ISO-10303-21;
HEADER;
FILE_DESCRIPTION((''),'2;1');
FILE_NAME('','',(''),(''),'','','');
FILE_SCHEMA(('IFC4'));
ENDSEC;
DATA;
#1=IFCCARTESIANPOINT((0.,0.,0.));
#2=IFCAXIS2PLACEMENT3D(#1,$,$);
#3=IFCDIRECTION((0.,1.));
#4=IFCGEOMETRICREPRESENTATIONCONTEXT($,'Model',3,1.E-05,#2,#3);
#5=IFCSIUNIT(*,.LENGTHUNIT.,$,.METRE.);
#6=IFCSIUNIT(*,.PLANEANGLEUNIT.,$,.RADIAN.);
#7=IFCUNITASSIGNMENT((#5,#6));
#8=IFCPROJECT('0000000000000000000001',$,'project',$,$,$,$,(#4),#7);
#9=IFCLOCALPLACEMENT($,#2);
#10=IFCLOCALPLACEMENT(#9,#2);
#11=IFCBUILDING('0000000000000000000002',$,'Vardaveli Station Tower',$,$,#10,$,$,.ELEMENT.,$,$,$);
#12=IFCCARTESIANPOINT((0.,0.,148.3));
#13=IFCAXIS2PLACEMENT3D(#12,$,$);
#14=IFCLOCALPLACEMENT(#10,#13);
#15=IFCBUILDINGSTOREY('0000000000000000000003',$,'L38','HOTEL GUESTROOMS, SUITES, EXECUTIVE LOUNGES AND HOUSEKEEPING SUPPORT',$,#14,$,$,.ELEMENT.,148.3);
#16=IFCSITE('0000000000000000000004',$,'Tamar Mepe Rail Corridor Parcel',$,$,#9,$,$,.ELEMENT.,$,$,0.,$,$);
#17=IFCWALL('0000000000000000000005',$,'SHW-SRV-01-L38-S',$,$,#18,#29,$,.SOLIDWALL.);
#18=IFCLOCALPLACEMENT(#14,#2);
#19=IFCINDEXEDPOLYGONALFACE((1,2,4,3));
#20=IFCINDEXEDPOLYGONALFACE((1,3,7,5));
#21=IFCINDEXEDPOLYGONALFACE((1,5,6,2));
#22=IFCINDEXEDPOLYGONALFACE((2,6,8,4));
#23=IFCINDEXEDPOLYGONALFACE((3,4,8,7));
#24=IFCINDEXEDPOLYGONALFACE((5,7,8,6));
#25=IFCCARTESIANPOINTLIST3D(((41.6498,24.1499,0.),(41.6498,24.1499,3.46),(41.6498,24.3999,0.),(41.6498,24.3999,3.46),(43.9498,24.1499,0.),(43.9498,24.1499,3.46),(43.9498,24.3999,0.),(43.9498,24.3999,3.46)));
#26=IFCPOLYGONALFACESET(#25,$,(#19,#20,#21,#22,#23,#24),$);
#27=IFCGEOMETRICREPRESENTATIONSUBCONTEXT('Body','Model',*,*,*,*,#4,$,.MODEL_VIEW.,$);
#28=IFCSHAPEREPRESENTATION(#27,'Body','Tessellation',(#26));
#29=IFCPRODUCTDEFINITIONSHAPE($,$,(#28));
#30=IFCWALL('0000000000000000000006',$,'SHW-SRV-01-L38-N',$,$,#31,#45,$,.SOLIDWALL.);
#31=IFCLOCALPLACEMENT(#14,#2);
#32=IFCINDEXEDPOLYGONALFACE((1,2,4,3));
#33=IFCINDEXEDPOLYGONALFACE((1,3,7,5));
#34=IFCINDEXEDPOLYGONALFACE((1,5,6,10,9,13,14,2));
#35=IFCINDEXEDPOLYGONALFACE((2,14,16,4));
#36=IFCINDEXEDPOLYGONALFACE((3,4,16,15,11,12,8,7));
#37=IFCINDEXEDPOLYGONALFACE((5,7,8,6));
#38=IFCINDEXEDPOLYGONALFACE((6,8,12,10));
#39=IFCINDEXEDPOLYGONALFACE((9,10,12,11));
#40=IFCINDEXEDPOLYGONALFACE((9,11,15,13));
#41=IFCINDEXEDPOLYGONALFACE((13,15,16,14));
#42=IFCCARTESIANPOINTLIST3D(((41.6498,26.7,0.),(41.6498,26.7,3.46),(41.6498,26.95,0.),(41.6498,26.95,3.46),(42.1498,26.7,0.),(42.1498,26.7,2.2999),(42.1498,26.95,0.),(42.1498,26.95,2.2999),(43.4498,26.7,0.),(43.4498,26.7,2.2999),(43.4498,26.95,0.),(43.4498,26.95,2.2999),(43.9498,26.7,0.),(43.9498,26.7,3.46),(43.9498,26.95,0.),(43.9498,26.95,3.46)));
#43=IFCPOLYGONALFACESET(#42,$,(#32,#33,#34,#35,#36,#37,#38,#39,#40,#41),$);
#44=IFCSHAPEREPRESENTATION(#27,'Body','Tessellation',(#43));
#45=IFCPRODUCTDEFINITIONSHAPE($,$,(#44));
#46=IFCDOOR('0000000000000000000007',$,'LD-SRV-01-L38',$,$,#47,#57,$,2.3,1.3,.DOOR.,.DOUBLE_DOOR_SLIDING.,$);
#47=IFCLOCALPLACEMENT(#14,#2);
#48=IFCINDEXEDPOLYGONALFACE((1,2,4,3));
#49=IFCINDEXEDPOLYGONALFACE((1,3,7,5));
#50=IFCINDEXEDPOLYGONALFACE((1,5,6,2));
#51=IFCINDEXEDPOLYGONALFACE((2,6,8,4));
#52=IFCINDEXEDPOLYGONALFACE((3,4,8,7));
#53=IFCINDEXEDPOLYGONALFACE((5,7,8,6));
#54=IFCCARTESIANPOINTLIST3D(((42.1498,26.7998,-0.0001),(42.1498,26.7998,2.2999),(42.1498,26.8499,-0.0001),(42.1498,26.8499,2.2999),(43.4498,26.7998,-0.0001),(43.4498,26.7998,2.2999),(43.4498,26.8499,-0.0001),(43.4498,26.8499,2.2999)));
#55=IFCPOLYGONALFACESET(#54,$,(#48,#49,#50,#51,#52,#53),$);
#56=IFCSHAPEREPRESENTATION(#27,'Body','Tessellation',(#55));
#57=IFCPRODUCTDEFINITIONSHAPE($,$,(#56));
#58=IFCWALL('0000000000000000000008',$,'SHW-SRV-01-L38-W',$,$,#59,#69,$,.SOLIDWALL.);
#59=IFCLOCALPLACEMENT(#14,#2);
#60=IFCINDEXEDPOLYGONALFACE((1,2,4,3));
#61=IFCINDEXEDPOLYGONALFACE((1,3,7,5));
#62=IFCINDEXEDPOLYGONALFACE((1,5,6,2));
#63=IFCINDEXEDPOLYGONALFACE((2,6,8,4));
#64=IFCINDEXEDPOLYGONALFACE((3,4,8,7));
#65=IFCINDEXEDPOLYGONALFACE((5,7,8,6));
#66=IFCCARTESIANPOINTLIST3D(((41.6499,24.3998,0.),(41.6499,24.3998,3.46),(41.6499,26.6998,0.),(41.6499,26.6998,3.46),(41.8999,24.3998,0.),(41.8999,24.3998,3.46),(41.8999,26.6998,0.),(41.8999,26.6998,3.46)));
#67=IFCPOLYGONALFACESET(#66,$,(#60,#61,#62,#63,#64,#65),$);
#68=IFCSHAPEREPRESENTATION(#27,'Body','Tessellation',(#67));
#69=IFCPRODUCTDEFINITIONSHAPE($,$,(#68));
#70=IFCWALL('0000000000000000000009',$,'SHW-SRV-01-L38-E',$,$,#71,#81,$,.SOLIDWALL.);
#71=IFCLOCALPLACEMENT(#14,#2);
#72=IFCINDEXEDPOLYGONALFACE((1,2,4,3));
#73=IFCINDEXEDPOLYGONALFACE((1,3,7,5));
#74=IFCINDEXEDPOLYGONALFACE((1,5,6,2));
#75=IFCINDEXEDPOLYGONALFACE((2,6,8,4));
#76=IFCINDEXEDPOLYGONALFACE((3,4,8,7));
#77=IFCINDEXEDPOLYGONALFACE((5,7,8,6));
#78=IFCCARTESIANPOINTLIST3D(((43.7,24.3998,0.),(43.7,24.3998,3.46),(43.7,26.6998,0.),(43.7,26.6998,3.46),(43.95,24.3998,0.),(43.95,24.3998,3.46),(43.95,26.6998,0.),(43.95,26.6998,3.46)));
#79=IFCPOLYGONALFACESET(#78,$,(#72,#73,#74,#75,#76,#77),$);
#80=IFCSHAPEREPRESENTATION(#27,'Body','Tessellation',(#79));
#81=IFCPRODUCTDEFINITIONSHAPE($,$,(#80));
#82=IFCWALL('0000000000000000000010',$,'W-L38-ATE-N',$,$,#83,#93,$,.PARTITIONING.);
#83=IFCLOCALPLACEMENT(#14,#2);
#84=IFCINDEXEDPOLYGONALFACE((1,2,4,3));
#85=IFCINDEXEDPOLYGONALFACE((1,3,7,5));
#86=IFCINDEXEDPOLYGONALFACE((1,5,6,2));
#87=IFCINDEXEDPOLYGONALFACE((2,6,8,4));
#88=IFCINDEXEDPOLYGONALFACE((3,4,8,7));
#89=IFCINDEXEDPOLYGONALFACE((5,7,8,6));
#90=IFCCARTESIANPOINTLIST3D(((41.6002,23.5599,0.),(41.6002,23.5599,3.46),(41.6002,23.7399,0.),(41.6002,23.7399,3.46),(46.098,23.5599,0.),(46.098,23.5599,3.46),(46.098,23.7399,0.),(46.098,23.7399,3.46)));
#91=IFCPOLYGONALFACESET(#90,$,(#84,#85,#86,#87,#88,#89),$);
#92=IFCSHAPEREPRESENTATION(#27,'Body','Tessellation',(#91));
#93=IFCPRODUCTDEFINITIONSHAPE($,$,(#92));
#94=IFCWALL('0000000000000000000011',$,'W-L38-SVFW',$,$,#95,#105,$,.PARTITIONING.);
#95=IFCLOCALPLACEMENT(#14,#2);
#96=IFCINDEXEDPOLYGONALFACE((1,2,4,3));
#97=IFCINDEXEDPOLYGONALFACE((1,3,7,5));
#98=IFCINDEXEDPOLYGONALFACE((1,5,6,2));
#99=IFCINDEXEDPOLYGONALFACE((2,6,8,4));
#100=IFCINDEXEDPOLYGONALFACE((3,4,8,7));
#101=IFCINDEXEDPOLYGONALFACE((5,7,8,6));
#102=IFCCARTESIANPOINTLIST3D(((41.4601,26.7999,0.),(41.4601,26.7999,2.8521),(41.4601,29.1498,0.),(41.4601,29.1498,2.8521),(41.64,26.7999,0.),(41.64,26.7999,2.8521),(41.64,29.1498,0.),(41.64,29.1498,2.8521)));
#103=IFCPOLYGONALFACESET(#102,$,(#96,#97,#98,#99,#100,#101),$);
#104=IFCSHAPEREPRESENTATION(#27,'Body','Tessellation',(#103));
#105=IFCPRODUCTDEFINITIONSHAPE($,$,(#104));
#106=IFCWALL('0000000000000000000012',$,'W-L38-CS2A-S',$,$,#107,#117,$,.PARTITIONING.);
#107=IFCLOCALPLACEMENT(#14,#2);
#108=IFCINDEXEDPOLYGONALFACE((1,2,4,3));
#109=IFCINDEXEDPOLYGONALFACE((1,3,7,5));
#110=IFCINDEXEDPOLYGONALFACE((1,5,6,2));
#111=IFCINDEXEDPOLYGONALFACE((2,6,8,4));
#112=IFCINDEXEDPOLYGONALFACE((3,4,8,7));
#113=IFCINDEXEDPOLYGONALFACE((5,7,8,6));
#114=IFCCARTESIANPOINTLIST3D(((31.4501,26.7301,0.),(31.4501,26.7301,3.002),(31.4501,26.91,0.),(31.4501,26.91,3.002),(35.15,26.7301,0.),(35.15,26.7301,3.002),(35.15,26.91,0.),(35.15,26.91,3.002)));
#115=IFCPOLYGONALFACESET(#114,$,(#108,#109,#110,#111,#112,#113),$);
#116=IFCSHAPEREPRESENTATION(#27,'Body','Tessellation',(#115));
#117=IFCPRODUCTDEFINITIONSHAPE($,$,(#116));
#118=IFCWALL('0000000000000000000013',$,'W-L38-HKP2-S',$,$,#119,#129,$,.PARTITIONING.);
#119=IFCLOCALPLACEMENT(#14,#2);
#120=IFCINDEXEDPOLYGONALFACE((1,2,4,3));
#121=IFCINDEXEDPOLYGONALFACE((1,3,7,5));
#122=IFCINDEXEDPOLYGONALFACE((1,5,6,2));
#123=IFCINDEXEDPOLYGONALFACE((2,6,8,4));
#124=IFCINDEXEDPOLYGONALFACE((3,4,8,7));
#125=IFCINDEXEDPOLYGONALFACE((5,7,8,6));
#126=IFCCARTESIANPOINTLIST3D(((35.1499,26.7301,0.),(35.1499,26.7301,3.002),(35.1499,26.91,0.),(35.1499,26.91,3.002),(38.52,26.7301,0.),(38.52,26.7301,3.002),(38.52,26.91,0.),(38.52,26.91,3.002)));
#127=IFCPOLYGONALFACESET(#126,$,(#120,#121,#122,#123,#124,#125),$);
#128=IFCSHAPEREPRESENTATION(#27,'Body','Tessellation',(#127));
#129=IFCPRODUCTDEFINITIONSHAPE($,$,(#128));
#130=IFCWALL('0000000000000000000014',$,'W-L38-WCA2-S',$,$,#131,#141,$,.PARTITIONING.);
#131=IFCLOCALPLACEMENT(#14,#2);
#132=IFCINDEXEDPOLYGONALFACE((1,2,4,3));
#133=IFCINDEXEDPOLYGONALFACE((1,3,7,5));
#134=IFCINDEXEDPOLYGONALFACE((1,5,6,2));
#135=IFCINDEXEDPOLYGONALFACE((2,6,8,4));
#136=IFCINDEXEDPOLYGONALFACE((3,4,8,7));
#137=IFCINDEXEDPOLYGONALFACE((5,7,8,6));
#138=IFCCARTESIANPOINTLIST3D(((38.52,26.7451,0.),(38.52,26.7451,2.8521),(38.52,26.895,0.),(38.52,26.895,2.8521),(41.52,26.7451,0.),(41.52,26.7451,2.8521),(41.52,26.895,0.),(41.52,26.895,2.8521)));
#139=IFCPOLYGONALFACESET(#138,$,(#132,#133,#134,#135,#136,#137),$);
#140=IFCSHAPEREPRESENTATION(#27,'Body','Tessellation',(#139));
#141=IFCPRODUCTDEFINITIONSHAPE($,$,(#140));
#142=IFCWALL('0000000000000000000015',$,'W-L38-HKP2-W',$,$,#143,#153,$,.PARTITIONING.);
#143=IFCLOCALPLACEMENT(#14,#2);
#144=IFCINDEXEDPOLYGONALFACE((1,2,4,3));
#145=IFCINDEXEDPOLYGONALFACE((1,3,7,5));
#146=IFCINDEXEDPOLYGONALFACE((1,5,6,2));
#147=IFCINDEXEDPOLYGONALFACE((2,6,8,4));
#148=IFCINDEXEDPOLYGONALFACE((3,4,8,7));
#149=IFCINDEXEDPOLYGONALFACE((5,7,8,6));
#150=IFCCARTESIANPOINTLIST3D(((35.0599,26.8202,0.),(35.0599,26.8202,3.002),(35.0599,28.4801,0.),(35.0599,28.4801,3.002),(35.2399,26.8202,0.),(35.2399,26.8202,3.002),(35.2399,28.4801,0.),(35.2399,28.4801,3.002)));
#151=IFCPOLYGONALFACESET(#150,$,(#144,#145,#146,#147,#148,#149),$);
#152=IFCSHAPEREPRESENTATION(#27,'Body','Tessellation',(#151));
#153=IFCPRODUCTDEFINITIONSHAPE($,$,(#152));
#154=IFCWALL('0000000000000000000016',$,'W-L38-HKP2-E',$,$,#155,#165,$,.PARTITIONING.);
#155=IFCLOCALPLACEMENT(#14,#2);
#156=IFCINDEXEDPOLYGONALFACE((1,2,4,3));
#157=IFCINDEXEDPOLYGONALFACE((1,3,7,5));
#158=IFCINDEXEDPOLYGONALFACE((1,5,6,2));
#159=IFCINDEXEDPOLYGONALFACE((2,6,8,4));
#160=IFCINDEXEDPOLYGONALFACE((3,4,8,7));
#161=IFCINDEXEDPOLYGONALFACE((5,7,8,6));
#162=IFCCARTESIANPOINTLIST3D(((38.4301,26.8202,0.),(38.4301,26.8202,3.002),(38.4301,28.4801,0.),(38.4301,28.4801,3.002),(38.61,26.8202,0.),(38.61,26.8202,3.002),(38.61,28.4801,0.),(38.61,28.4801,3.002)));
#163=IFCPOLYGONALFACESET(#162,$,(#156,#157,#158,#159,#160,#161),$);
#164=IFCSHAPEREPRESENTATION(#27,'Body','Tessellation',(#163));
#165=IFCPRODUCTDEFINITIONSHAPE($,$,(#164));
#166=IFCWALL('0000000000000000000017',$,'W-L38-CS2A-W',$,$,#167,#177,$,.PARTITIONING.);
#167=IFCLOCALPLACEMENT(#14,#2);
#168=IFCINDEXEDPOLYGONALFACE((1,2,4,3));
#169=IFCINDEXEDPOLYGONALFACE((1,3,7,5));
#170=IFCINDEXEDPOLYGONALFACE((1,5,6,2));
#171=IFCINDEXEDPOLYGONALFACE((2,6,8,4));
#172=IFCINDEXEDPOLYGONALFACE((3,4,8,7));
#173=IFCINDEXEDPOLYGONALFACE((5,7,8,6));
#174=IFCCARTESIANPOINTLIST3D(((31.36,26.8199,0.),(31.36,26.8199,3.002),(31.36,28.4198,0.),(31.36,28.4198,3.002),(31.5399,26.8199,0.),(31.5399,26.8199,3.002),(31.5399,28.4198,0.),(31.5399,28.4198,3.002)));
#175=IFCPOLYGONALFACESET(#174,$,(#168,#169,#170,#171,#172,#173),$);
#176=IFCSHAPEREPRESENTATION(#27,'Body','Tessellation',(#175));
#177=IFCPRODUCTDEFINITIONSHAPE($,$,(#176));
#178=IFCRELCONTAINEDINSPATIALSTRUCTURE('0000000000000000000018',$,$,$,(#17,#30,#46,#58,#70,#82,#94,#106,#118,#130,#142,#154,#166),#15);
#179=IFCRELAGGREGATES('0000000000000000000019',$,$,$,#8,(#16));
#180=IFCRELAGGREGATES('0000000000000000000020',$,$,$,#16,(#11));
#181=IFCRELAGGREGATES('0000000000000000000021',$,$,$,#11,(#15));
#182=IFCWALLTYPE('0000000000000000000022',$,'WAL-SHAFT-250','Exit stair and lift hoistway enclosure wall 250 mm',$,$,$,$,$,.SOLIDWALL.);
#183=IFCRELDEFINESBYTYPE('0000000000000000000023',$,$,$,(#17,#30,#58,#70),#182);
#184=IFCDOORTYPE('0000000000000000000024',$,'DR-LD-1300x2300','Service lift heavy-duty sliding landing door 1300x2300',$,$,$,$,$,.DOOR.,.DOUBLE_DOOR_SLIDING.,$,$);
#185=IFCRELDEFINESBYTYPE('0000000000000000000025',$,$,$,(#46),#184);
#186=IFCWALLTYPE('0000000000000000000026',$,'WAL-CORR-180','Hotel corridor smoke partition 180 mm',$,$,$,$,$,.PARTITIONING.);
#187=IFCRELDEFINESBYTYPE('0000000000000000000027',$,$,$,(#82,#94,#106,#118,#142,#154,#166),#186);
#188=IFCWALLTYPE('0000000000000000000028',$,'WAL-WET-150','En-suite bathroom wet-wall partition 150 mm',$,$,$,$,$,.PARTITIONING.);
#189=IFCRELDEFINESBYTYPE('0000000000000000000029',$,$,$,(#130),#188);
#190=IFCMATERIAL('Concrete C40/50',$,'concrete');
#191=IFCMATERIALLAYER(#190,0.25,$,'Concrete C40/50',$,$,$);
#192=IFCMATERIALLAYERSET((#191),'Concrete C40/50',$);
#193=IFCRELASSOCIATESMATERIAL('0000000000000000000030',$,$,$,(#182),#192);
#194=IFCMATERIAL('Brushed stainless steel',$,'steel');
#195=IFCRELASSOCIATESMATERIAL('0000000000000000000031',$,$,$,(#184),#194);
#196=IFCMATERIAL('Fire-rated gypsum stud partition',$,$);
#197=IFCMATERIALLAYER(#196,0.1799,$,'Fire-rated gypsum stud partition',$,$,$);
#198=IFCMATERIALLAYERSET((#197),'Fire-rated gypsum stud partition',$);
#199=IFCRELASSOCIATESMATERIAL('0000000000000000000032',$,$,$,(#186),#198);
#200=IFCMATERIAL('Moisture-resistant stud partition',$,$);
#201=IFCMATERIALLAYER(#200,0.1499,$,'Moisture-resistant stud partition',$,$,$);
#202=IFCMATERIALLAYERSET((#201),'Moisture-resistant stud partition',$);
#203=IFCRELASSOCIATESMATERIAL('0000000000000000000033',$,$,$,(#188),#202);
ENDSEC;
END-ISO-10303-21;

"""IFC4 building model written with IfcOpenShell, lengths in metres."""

from ifc_helpers import new_model, si_unit, direction, frame, frame_2d, origin, place, context, subcontext, project, spatial, rectangle, extrude, source, transform, mapped, material, layer, layer_set, type_object, element, fill, save


model = new_model("IFC4")

# Units and contexts
model_context = context("Model", 3, precision=1e-05, world=origin(), true_north=direction((0.0, 1.0)))
body_context = subcontext(model_context, "Body", "Model", "MODEL_VIEW")
ifc_project = project(units=[si_unit("LENGTHUNIT", "METRE"), si_unit("PLANEANGLEUNIT", "RADIAN")], contexts=[model_context])

# Site, building, storey
site_placement = place(None, origin())
site = spatial("IfcSite", under=ifc_project, at=site_placement, Name="Tamar Mepe Rail Corridor Parcel", CompositionType="ELEMENT", RefElevation=0.0)
building_placement = place(site_placement, origin())
building = spatial("IfcBuilding", under=site, at=building_placement, Name="Vardaveli Station Tower", CompositionType="ELEMENT")
storey_placement = place(building_placement, frame((0.0, 0.0, 148.3)))
storey = spatial("IfcBuildingStorey", under=building, at=storey_placement, Name="L38", Description="HOTEL GUESTROOMS, SUITES, EXECUTIVE LOUNGES AND HOUSEKEEPING SUPPORT", CompositionType="ELEMENT", Elevation=148.3)

# Wall
ifc_material_1 = material(Name="Concrete C40/50", Category="concrete")
ifc_layer_1 = layer(ifc_material_1, 0.25, Name="Concrete C40/50")
ifc_layer_set_1 = layer_set([ifc_layer_1], Name="Concrete C40/50")
wall_type_1 = type_object("IfcWallType", Name="WAL-SHAFT-250", Description="Exit stair and lift hoistway enclosure wall 250 mm", PredefinedType="SOLIDWALL", material=ifc_layer_set_1)
shared_shape_1 = source(origin(), body_context, "Body", "SweptSolid", [
    extrude(rectangle(XDim=2.3, YDim=0.25, at=frame_2d((1.1499, 0.0))), origin(), (0.0, 0.0, 1.0), 3.46),
])
wall_1_placement = place(storey_placement, frame((41.6499, 24.2749, 0.0), z_axis=(0.0, 0.0, 1.0), x_axis=(1.0, 0.0, 0.0)))
element("IfcWall", 1, at=wall_1_placement, inside=storey, type_object=wall_type_1, Name="SHW-SRV-01-L38-S", PredefinedType="SOLIDWALL", context=body_context, shape_type="MappedRepresentation", body=[
    mapped(shared_shape_1, transform((0.0, 0.0, 0.0), scale=1.0)),
])

# Wall, opening, door
wall_2_placement = place(storey_placement, frame((41.6499, 26.825, 0.0), z_axis=(0.0, 0.0, 1.0), x_axis=(1.0, 0.0, 0.0)))
wall_2 = element("IfcWall", 2, at=wall_2_placement, inside=storey, type_object=wall_type_1, Name="SHW-SRV-01-L38-N", PredefinedType="SOLIDWALL", context=body_context, shape_type="MappedRepresentation", body=[
    mapped(shared_shape_1, transform((0.0, 0.0, 0.0), scale=1.0)),
])
shared_shape_2 = source(origin(), body_context, "Body", "SweptSolid", [
    extrude(rectangle(XDim=1.3, YDim=2.3, at=frame_2d((0.6499, 1.1499))), frame((0.0, 0.135, 0.0), z_axis=(0.0, -1.0, 0.0), x_axis=(1.0, 0.0, 0.0)), (0.0, 0.0, 1.0), 0.27),
])
opening_placement = place(wall_2_placement, frame((0.5, 0.0, 0.0)))
opening = element("IfcOpeningElement", 3, at=opening_placement, cuts=wall_2, PredefinedType="OPENING", context=body_context, shape_type="MappedRepresentation", body=[
    mapped(shared_shape_2, transform((0.0, 0.0, 0.0), scale=1.0)),
])
ifc_material_2 = material(Name="Brushed stainless steel", Category="steel")
door_type = type_object("IfcDoorType", Name="DR-LD-1300x2300", Description="Service lift heavy-duty sliding landing door 1300x2300", OperationType="DOUBLE_DOOR_SLIDING", PredefinedType="DOOR", material=ifc_material_2)
shared_shape_3 = source(origin(), body_context, "Body", "SweptSolid", [
    extrude(rectangle(XDim=1.3, YDim=2.3, at=frame_2d((0.6499, 1.1499))), frame((0.0, 0.0249, 0.0), z_axis=(0.0, -1.0, 0.0), x_axis=(1.0, 0.0, 0.0)), (0.0, 0.0, 1.0), 0.05),
])
door_placement = place(opening_placement, origin())
door = element("IfcDoor", 4, at=door_placement, inside=storey, type_object=door_type, Name="LD-SRV-01-L38", OperationType="DOUBLE_DOOR_SLIDING", OverallHeight=2.3, OverallWidth=1.3, PredefinedType="DOOR", context=body_context, shape_type="MappedRepresentation", body=[
    mapped(shared_shape_3, transform((0.0, 0.0, 0.0), scale=1.0)),
])
fill(opening, door)

# Walls
for number, where, z_axis, x_axis, name in (
    (5, (41.7749, 24.3999, 0.0), (0.0, 0.0, 1.0), (0.0, 1.0, 0.0), "SHW-SRV-01-L38-W"),
    (6, (43.825, 24.3999, 0.0), (0.0, 0.0, 1.0), (0.0, 1.0, 0.0), "SHW-SRV-01-L38-E"),
):
    element("IfcWall", number, at=place(storey_placement, frame(where, z_axis=z_axis, x_axis=x_axis)), inside=storey, type_object=wall_type_1, Name=name, PredefinedType="SOLIDWALL", context=body_context, shape_type="MappedRepresentation", body=[
        mapped(shared_shape_1, transform((0.0, 0.0, 0.0), scale=1.0)),
    ])
ifc_material_3 = material(Name="Fire-rated gypsum stud partition")
ifc_layer_2 = layer(ifc_material_3, 0.1799, Name="Fire-rated gypsum stud partition")
ifc_layer_set_2 = layer_set([ifc_layer_2], Name="Fire-rated gypsum stud partition")
wall_type_2 = type_object("IfcWallType", Name="WAL-CORR-180", Description="Hotel corridor smoke partition 180 mm", PredefinedType="PARTITIONING", material=ifc_layer_set_2)
shared_shape_4 = source(origin(), body_context, "Body", "SweptSolid", [
    extrude(rectangle(XDim=4.4978, YDim=0.1799, at=frame_2d((2.249, 0.0))), origin(), (0.0, 0.0, 1.0), 3.46),
])
wall_3_placement = place(storey_placement, frame((41.6001, 23.6499, 0.0), z_axis=(0.0, 0.0, 1.0), x_axis=(1.0, 0.0, 0.0)))
element("IfcWall", 7, at=wall_3_placement, inside=storey, type_object=wall_type_2, Name="W-L38-ATE-N", PredefinedType="PARTITIONING", context=body_context, shape_type="MappedRepresentation", body=[
    mapped(shared_shape_4, transform((0.0, 0.0, 0.0), scale=1.0)),
])
shared_shape_5 = source(origin(), body_context, "Body", "SweptSolid", [
    extrude(rectangle(XDim=2.3499, YDim=0.1799, at=frame_2d((1.1748, 0.0))), origin(), (0.0, 0.0, 1.0), 2.8521),
])
wall_4_placement = place(storey_placement, frame((41.55, 26.8, 0.0), z_axis=(0.0, 0.0, 1.0), x_axis=(0.0, 1.0, 0.0)))
element("IfcWall", 8, at=wall_4_placement, inside=storey, type_object=wall_type_2, Name="W-L38-SVFW", PredefinedType="PARTITIONING", context=body_context, shape_type="MappedRepresentation", body=[
    mapped(shared_shape_5, transform((0.0, 0.0, 0.0), scale=1.0)),
])
shared_shape_6 = source(origin(), body_context, "Body", "SweptSolid", [
    extrude(rectangle(XDim=3.7, YDim=0.1799, at=frame_2d((1.8501, 0.0))), origin(), (0.0, 0.0, 1.0), 3.002),
])
wall_5_placement = place(storey_placement, frame((31.45, 26.8201, 0.0), z_axis=(0.0, 0.0, 1.0), x_axis=(1.0, 0.0, 0.0)))
element("IfcWall", 9, at=wall_5_placement, inside=storey, type_object=wall_type_2, Name="W-L38-CS2A-S", PredefinedType="PARTITIONING", context=body_context, shape_type="MappedRepresentation", body=[
    mapped(shared_shape_6, transform((0.0, 0.0, 0.0), scale=1.0)),
])
shared_shape_7 = source(origin(), body_context, "Body", "SweptSolid", [
    extrude(rectangle(XDim=3.3701, YDim=0.1799, at=frame_2d((1.6851, 0.0))), origin(), (0.0, 0.0, 1.0), 3.002),
])
wall_6_placement = place(storey_placement, frame((35.1499, 26.8201, 0.0), z_axis=(0.0, 0.0, 1.0), x_axis=(1.0, 0.0, 0.0)))
element("IfcWall", 10, at=wall_6_placement, inside=storey, type_object=wall_type_2, Name="W-L38-HKP2-S", PredefinedType="PARTITIONING", context=body_context, shape_type="MappedRepresentation", body=[
    mapped(shared_shape_7, transform((0.0, 0.0, 0.0), scale=1.0)),
])
ifc_material_4 = material(Name="Moisture-resistant stud partition")
ifc_layer_3 = layer(ifc_material_4, 0.1499, Name="Moisture-resistant stud partition")
ifc_layer_set_3 = layer_set([ifc_layer_3], Name="Moisture-resistant stud partition")
wall_type_3 = type_object("IfcWallType", Name="WAL-WET-150", Description="En-suite bathroom wet-wall partition 150 mm", PredefinedType="PARTITIONING", material=ifc_layer_set_3)
shared_shape_8 = source(origin(), body_context, "Body", "SweptSolid", [
    extrude(rectangle(XDim=3.0, YDim=0.1499, at=frame_2d((1.5, 0.0))), origin(), (0.0, 0.0, 1.0), 2.8521),
])
wall_7_placement = place(storey_placement, frame((38.52, 26.8201, 0.0), z_axis=(0.0, 0.0, 1.0), x_axis=(1.0, 0.0, 0.0)))
element("IfcWall", 11, at=wall_7_placement, inside=storey, type_object=wall_type_3, Name="W-L38-WCA2-S", PredefinedType="PARTITIONING", context=body_context, shape_type="MappedRepresentation", body=[
    mapped(shared_shape_8, transform((0.0, 0.0, 0.0), scale=1.0)),
])
shared_shape_9 = source(origin(), body_context, "Body", "SweptSolid", [
    extrude(rectangle(XDim=1.6599, YDim=0.1799, at=frame_2d((0.8301, 0.0))), origin(), (0.0, 0.0, 1.0), 3.002),
])
for number, where, z_axis, x_axis, name in (
    (12, (35.1499, 26.8201, 0.0), (0.0, 0.0, 1.0), (0.0, 1.0, 0.0), "W-L38-HKP2-W"),
    (13, (38.52, 26.8201, 0.0), (0.0, 0.0, 1.0), (0.0, 1.0, 0.0), "W-L38-HKP2-E"),
):
    element("IfcWall", number, at=place(storey_placement, frame(where, z_axis=z_axis, x_axis=x_axis)), inside=storey, type_object=wall_type_2, Name=name, PredefinedType="PARTITIONING", context=body_context, shape_type="MappedRepresentation", body=[
        mapped(shared_shape_9, transform((0.0, 0.0, 0.0), scale=1.0)),
    ])
shared_shape_10 = source(origin(), body_context, "Body", "SweptSolid", [
    extrude(rectangle(XDim=1.5999, YDim=0.1799, at=frame_2d((0.7998, 0.0))), origin(), (0.0, 0.0, 1.0), 3.002),
])
wall_8_placement = place(storey_placement, frame((31.45, 26.8201, 0.0), z_axis=(0.0, 0.0, 1.0), x_axis=(0.0, 1.0, 0.0)))
element("IfcWall", 14, at=wall_8_placement, inside=storey, type_object=wall_type_2, Name="W-L38-CS2A-W", PredefinedType="PARTITIONING", context=body_context, shape_type="MappedRepresentation", body=[
    mapped(shared_shape_10, transform((0.0, 0.0, 0.0), scale=1.0)),
])

save(model, "model.ifc")
